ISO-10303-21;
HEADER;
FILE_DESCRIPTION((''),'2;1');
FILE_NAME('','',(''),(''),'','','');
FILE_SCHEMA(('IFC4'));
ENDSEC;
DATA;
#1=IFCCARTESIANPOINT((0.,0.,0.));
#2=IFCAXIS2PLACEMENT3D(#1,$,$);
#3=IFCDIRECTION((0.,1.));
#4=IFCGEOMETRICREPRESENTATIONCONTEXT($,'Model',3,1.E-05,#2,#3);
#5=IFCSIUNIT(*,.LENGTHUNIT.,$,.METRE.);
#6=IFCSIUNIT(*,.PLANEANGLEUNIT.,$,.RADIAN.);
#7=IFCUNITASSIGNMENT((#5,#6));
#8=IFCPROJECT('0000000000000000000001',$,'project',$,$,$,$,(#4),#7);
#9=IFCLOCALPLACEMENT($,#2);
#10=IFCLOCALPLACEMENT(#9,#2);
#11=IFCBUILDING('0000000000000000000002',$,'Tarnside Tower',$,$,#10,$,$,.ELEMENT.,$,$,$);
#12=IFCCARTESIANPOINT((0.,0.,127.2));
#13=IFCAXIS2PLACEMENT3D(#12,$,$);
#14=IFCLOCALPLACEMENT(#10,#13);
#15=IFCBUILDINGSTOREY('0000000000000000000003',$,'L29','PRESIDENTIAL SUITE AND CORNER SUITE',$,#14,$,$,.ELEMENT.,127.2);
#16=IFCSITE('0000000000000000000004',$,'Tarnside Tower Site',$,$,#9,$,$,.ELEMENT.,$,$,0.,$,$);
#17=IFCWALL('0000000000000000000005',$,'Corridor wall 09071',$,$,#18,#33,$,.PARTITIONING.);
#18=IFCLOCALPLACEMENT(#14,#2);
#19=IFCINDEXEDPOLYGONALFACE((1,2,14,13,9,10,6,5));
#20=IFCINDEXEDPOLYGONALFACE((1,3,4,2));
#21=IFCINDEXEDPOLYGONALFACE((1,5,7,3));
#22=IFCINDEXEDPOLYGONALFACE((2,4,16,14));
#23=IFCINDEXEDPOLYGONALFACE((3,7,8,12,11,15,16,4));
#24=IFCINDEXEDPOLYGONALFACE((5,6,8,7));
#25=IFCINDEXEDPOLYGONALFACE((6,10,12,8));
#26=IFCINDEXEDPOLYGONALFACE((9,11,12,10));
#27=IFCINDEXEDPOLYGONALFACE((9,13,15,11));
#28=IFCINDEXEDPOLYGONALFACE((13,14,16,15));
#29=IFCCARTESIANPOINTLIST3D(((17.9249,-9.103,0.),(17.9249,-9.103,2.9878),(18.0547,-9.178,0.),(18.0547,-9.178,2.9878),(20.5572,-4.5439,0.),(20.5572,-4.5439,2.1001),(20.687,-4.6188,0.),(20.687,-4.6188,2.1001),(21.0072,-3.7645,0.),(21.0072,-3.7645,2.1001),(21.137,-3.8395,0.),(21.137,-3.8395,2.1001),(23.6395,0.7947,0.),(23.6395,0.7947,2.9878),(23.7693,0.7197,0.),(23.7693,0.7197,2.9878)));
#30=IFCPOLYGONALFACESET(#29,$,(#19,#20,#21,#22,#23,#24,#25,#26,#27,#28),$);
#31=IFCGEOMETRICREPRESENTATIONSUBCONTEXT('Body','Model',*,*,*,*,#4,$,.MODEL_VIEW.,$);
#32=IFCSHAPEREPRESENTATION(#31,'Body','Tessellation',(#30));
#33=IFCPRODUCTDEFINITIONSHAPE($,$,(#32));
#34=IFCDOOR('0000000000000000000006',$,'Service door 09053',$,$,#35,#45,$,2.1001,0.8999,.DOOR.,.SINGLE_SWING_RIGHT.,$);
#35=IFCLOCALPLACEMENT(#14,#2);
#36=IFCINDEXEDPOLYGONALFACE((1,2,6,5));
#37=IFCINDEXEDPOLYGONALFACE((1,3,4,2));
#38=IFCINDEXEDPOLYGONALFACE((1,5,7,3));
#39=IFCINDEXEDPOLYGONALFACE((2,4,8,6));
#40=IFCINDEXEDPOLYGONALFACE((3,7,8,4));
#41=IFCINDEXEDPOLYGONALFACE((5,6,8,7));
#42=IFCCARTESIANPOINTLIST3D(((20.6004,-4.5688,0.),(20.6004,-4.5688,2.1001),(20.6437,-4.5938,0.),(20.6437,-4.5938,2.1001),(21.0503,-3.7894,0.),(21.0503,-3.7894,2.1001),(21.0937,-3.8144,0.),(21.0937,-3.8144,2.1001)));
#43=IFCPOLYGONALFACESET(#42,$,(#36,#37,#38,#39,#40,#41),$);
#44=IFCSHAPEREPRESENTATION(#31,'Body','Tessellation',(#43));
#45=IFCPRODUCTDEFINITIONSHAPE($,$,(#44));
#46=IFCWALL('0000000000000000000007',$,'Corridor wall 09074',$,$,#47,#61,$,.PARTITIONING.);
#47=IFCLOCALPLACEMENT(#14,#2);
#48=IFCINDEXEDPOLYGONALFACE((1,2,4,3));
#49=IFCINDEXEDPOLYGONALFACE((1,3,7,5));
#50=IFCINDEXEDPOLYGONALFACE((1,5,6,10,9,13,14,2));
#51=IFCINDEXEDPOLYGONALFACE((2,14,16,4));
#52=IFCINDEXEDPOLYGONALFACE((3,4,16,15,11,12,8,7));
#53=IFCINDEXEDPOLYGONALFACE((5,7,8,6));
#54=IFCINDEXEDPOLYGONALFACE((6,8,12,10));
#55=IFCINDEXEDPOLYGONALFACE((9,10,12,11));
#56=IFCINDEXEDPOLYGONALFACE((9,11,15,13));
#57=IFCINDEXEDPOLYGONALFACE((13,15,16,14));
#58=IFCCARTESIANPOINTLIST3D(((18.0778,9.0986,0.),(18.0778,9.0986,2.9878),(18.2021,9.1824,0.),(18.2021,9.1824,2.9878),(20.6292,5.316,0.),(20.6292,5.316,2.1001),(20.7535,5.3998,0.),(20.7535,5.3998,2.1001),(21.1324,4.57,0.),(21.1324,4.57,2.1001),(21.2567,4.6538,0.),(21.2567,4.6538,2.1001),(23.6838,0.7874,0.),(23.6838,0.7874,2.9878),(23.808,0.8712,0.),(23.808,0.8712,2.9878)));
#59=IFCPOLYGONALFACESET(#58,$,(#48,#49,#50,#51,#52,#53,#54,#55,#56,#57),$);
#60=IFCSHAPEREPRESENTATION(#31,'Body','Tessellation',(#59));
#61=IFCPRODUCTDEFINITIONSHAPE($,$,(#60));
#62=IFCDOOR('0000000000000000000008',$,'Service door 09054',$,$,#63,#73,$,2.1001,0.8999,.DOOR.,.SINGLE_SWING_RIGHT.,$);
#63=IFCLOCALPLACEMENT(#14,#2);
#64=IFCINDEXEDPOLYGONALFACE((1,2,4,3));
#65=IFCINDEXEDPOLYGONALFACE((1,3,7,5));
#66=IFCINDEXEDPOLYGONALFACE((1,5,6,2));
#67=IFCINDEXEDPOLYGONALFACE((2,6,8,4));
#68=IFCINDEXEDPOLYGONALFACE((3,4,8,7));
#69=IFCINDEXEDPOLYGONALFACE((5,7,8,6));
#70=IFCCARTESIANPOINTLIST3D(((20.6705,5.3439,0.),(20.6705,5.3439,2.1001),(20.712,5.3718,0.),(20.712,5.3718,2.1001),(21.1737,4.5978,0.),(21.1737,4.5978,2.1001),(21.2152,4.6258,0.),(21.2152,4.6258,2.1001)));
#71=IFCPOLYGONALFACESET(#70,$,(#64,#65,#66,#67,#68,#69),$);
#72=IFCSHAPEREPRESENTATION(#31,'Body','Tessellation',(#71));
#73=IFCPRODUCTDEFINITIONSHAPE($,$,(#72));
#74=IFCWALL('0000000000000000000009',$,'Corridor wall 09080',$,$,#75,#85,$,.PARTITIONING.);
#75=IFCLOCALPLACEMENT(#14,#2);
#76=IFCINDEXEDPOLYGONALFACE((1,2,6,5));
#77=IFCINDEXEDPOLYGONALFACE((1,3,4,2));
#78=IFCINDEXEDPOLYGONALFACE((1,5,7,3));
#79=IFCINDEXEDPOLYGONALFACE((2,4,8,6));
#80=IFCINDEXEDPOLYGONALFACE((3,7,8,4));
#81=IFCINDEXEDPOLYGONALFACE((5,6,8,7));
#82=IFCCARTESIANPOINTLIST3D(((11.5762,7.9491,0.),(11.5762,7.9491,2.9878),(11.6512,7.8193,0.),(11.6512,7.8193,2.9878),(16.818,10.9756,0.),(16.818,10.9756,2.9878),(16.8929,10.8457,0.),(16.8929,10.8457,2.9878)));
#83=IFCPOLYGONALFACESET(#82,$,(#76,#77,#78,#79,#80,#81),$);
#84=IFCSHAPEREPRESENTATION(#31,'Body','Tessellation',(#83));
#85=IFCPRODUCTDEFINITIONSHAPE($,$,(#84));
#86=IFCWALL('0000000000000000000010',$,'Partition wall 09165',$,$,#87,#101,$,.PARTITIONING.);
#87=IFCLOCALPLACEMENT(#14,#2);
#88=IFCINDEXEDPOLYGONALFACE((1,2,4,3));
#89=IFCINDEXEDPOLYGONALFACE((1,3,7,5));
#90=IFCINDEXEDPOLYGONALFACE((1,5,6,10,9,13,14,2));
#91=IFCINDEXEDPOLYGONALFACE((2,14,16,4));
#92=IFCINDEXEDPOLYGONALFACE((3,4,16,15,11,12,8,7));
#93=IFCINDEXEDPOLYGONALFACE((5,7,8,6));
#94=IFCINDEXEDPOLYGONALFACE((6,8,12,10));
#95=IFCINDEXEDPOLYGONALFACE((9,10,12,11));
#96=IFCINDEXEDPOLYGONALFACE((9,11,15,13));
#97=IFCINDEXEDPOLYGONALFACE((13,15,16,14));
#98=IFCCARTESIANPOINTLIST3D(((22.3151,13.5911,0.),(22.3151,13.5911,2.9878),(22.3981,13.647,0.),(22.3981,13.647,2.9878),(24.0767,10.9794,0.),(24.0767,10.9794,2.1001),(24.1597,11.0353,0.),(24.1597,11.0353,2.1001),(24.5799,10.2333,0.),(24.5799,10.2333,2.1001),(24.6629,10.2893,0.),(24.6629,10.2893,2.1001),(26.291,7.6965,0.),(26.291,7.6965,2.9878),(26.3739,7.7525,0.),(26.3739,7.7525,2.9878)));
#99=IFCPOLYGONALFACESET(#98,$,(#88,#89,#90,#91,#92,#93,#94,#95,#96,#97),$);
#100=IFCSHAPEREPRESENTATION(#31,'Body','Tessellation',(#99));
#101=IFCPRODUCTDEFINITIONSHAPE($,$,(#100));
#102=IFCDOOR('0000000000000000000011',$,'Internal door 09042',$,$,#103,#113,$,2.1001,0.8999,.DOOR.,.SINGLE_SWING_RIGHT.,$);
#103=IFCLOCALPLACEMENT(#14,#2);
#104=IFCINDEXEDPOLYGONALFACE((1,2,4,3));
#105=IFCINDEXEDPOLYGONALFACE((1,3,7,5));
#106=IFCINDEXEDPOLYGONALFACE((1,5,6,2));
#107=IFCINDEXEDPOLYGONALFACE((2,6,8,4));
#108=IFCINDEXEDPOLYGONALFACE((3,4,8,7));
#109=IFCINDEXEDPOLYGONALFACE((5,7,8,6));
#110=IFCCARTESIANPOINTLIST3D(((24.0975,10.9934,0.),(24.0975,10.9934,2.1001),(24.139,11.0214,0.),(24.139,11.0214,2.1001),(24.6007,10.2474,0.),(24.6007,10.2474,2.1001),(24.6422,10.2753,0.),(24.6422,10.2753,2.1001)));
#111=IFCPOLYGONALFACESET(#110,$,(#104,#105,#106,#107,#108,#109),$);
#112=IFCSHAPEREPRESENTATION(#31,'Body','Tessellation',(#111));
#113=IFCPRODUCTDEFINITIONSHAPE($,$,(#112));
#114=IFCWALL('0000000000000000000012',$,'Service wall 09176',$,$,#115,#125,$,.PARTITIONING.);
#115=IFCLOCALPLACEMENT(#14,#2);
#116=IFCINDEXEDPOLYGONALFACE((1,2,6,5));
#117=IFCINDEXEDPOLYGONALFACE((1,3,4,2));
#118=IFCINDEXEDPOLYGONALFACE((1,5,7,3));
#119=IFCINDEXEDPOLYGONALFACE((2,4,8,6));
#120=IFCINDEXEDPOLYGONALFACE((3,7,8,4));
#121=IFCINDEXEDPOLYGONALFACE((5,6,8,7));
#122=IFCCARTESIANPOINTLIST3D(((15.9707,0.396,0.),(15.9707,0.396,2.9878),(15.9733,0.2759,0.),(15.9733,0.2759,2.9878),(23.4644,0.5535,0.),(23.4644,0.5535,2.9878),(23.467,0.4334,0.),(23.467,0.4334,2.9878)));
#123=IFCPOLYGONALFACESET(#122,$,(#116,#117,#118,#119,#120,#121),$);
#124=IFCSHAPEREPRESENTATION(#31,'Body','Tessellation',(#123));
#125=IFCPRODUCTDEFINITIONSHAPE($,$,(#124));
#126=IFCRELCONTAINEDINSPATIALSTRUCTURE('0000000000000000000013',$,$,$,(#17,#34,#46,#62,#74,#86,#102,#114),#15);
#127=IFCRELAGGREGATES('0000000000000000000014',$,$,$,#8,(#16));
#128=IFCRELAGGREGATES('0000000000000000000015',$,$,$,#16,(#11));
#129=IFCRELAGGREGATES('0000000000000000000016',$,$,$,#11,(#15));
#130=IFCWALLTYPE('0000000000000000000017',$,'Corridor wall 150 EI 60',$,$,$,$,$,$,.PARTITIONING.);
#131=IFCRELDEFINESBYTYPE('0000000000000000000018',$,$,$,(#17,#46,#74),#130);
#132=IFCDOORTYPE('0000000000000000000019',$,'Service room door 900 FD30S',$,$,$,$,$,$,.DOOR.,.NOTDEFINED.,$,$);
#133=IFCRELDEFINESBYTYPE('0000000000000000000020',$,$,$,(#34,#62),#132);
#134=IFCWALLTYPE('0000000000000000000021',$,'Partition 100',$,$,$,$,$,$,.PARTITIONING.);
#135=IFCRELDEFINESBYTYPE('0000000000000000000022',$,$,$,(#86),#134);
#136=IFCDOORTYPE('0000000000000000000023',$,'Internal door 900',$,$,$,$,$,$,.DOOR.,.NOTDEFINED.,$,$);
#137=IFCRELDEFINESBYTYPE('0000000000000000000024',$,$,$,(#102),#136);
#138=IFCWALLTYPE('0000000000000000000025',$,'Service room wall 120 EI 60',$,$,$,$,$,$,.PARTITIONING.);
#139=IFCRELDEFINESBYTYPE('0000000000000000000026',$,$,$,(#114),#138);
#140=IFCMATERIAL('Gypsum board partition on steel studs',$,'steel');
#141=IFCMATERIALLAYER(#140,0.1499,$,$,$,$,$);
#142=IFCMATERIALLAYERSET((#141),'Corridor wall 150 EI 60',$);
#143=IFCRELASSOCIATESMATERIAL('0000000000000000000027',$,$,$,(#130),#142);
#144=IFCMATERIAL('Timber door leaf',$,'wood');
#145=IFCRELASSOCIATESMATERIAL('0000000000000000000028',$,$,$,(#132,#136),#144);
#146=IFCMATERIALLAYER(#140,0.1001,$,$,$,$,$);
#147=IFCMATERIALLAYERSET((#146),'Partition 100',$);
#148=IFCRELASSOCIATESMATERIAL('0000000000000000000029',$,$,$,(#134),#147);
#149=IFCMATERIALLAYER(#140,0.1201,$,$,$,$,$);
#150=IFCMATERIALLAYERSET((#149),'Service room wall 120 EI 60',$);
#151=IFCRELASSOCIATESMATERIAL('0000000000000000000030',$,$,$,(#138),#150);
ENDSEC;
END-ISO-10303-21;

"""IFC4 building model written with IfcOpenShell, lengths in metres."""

from ifc_helpers import new_model, si_unit, direction, frame, frame_2d, origin, place, context, subcontext, project, spatial, rectangle, extrude, material, layer, layer_set, type_object, element, fill, save


model = new_model("IFC4")

# Units and contexts
model_context = context("Model", 3, precision=1e-05, world=origin(), true_north=direction((0.0, 1.0)))
body_context = subcontext(model_context, "Body", "Model", "MODEL_VIEW")
ifc_project = project(units=[si_unit("LENGTHUNIT", "METRE"), si_unit("PLANEANGLEUNIT", "RADIAN")], contexts=[model_context])

# Site, building, storey
site_placement = place(None, origin())
site = spatial("IfcSite", under=ifc_project, at=site_placement, Name="Tarnside Tower Site", CompositionType="ELEMENT", RefElevation=0.0)
building_placement = place(site_placement, origin())
building = spatial("IfcBuilding", under=site, at=building_placement, Name="Tarnside Tower", CompositionType="ELEMENT")
storey_placement = place(building_placement, frame((0.0, 0.0, 127.2)))
storey = spatial("IfcBuildingStorey", under=building, at=storey_placement, Name="L29", Description="PRESIDENTIAL SUITE AND CORNER SUITE", CompositionType="ELEMENT", Elevation=127.2)

# Shared definitions
ifc_material_1 = material(Name="Gypsum board partition on steel studs", Category="steel")
ifc_material_2 = material(Name="Timber door leaf", Category="wood")

# Shared definitions
ifc_layer_1 = layer(ifc_material_1, 0.1499)
ifc_layer_set_1 = layer_set([ifc_layer_1], Name="Corridor wall 150 EI 60")
wall_type_1 = type_object("IfcWallType", Name="Corridor wall 150 EI 60", PredefinedType="PARTITIONING", material=ifc_layer_set_1)

# Walls, openings, doors
wall_1_placement = place(storey_placement, frame((23.7043, 0.7571, 0.0), z_axis=(0.0, 0.0, 1.0), x_axis=(-0.50001, -0.866019, 0.0)))
wall_1 = element("IfcWall", 1, at=wall_1_placement, inside=storey, type_object=wall_type_1, Name="Corridor wall 09071", PredefinedType="PARTITIONING", context=body_context, shape_type="SweptSolid", body=[
    extrude(rectangle(XDim=11.429, YDim=0.1499, at=frame_2d((5.7144, 0.0))), origin(), (0.0, 0.0, 1.0), 2.9878),
])
opening_1_placement = place(wall_1_placement, frame((5.2644, 0.0, 0.0)))
opening_1 = element("IfcOpeningElement", 2, at=opening_1_placement, cuts=wall_1, PredefinedType="OPENING", context=body_context, shape_type="SweptSolid", body=[
    extrude(rectangle(XDim=0.8999, YDim=2.1001, at=frame_2d((0.45, 1.05))), frame((0.0, 0.085, 0.0), z_axis=(0.0, -1.0, 0.0), x_axis=(1.0, 0.0, 0.0)), (0.0, 0.0, 1.0), 0.1699),
])
door_type_1 = type_object("IfcDoorType", Name="Service room door 900 FD30S", OperationType="NOTDEFINED", PredefinedType="DOOR", material=ifc_material_2)
door_1_placement = place(opening_1_placement, origin())
door_1 = element("IfcDoor", 3, at=door_1_placement, inside=storey, type_object=door_type_1, Name="Service door 09053", OperationType="SINGLE_SWING_RIGHT", OverallHeight=2.1001, OverallWidth=0.8999, PredefinedType="DOOR", context=body_context, shape_type="SweptSolid", body=[
    extrude(rectangle(XDim=0.8999, YDim=2.1001, at=frame_2d((0.45, 1.05))), frame((0.0, 0.0249, 0.0), z_axis=(0.0, -1.0, 0.0), x_axis=(1.0, 0.0, 0.0)), (0.0, 0.0, 1.0), 0.05),
])
fill(opening_1, door_1)
wall_2_placement = place(storey_placement, frame((18.1399, 9.1406, 0.0), z_axis=(0.0, 0.0, 1.0), x_axis=(0.559188, -0.829041, 0.0)))
wall_2 = element("IfcWall", 4, at=wall_2_placement, inside=storey, type_object=wall_type_1, Name="Corridor wall 09074", PredefinedType="PARTITIONING", context=body_context, shape_type="SweptSolid", body=[
    extrude(rectangle(XDim=10.0251, YDim=0.1499, at=frame_2d((5.0127, 0.0))), origin(), (0.0, 0.0, 1.0), 2.9878),
])
opening_2_placement = place(wall_2_placement, frame((4.5627, 0.0, 0.0)))
opening_2 = element("IfcOpeningElement", 5, at=opening_2_placement, cuts=wall_2, PredefinedType="OPENING", context=body_context, shape_type="SweptSolid", body=[
    extrude(rectangle(XDim=0.8999, YDim=2.1001, at=frame_2d((0.45, 1.05))), frame((0.0, 0.085, 0.0), z_axis=(0.0, -1.0, 0.0), x_axis=(1.0, 0.0, 0.0)), (0.0, 0.0, 1.0), 0.1699),
])
door_2_placement = place(opening_2_placement, origin())
door_2 = element("IfcDoor", 6, at=door_2_placement, inside=storey, type_object=door_type_1, Name="Service door 09054", OperationType="SINGLE_SWING_RIGHT", OverallHeight=2.1001, OverallWidth=0.8999, PredefinedType="DOOR", context=body_context, shape_type="SweptSolid", body=[
    extrude(rectangle(XDim=0.8999, YDim=2.1001, at=frame_2d((0.45, 1.05))), frame((0.0, 0.0249, 0.0), z_axis=(0.0, -1.0, 0.0), x_axis=(1.0, 0.0, 0.0)), (0.0, 0.0, 1.0), 0.05),
])
fill(opening_2, door_2)

# Wall
wall_3_placement = place(storey_placement, frame((16.8555, 10.9106, 0.0), z_axis=(0.0, 0.0, 1.0), x_axis=(-0.86602, -0.500009, 0.0)))
element("IfcWall", 7, at=wall_3_placement, inside=storey, type_object=wall_type_1, Name="Corridor wall 09080", PredefinedType="PARTITIONING", context=body_context, shape_type="SweptSolid", body=[
    extrude(rectangle(XDim=6.0527, YDim=0.1499, at=frame_2d((3.0264, 0.0))), origin(), (0.0, 0.0, 1.0), 2.9878),
])

# Wall, opening, door
ifc_layer_2 = layer(ifc_material_1, 0.1001)
ifc_layer_set_2 = layer_set([ifc_layer_2], Name="Partition 100")
wall_type_2 = type_object("IfcWallType", Name="Partition 100", PredefinedType="PARTITIONING", material=ifc_layer_set_2)
wall_4_placement = place(storey_placement, frame((26.3325, 7.7244, 0.0), z_axis=(0.0, 0.0, 1.0), x_axis=(-0.559185, 0.829043, 0.0)))
wall_4 = element("IfcWall", 8, at=wall_4_placement, inside=storey, type_object=wall_type_2, Name="Partition wall 09165", PredefinedType="PARTITIONING", context=body_context, shape_type="SweptSolid", body=[
    extrude(rectangle(XDim=7.1101, YDim=0.1001, at=frame_2d((3.5552, 0.0))), origin(), (0.0, 0.0, 1.0), 2.9878),
])
opening_3_placement = place(wall_4_placement, frame((3.0601, 0.0, 0.0)))
opening_3 = element("IfcOpeningElement", 9, at=opening_3_placement, cuts=wall_4, PredefinedType="OPENING", context=body_context, shape_type="SweptSolid", body=[
    extrude(rectangle(XDim=0.8999, YDim=2.1001, at=frame_2d((0.45, 1.05))), frame((0.0, 0.0601, 0.0), z_axis=(0.0, -1.0, 0.0), x_axis=(1.0, 0.0, 0.0)), (0.0, 0.0, 1.0), 0.1201),
])
door_type_2 = type_object("IfcDoorType", Name="Internal door 900", OperationType="NOTDEFINED", PredefinedType="DOOR", material=ifc_material_2)
door_3_placement = place(opening_3_placement, origin())
door_3 = element("IfcDoor", 10, at=door_3_placement, inside=storey, type_object=door_type_2, Name="Internal door 09042", OperationType="SINGLE_SWING_RIGHT", OverallHeight=2.1001, OverallWidth=0.8999, PredefinedType="DOOR", context=body_context, shape_type="SweptSolid", body=[
    extrude(rectangle(XDim=0.8999, YDim=2.1001, at=frame_2d((0.45, 1.05))), frame((0.0, 0.0249, 0.0), z_axis=(0.0, -1.0, 0.0), x_axis=(1.0, 0.0, 0.0)), (0.0, 0.0, 1.0), 0.05),
])
fill(opening_3, door_3)

# Wall
ifc_layer_3 = layer(ifc_material_1, 0.1201)
ifc_layer_set_3 = layer_set([ifc_layer_3], Name="Service room wall 120 EI 60")
wall_type_3 = type_object("IfcWallType", Name="Service room wall 120 EI 60", PredefinedType="PARTITIONING", material=ifc_layer_set_3)
wall_5_placement = place(storey_placement, frame((23.4656, 0.4934, 0.0), z_axis=(0.0, 0.0, 1.0), x_axis=(-0.999779, -0.021009, 0.0)))
element("IfcWall", 11, at=wall_5_placement, inside=storey, type_object=wall_type_3, Name="Service wall 09176", PredefinedType="PARTITIONING", context=body_context, shape_type="SweptSolid", body=[
    extrude(rectangle(XDim=7.4954, YDim=0.1201, at=frame_2d((3.7476, 0.0))), origin(), (0.0, 0.0, 1.0), 2.9878),
])

save(model, "model.ifc")
